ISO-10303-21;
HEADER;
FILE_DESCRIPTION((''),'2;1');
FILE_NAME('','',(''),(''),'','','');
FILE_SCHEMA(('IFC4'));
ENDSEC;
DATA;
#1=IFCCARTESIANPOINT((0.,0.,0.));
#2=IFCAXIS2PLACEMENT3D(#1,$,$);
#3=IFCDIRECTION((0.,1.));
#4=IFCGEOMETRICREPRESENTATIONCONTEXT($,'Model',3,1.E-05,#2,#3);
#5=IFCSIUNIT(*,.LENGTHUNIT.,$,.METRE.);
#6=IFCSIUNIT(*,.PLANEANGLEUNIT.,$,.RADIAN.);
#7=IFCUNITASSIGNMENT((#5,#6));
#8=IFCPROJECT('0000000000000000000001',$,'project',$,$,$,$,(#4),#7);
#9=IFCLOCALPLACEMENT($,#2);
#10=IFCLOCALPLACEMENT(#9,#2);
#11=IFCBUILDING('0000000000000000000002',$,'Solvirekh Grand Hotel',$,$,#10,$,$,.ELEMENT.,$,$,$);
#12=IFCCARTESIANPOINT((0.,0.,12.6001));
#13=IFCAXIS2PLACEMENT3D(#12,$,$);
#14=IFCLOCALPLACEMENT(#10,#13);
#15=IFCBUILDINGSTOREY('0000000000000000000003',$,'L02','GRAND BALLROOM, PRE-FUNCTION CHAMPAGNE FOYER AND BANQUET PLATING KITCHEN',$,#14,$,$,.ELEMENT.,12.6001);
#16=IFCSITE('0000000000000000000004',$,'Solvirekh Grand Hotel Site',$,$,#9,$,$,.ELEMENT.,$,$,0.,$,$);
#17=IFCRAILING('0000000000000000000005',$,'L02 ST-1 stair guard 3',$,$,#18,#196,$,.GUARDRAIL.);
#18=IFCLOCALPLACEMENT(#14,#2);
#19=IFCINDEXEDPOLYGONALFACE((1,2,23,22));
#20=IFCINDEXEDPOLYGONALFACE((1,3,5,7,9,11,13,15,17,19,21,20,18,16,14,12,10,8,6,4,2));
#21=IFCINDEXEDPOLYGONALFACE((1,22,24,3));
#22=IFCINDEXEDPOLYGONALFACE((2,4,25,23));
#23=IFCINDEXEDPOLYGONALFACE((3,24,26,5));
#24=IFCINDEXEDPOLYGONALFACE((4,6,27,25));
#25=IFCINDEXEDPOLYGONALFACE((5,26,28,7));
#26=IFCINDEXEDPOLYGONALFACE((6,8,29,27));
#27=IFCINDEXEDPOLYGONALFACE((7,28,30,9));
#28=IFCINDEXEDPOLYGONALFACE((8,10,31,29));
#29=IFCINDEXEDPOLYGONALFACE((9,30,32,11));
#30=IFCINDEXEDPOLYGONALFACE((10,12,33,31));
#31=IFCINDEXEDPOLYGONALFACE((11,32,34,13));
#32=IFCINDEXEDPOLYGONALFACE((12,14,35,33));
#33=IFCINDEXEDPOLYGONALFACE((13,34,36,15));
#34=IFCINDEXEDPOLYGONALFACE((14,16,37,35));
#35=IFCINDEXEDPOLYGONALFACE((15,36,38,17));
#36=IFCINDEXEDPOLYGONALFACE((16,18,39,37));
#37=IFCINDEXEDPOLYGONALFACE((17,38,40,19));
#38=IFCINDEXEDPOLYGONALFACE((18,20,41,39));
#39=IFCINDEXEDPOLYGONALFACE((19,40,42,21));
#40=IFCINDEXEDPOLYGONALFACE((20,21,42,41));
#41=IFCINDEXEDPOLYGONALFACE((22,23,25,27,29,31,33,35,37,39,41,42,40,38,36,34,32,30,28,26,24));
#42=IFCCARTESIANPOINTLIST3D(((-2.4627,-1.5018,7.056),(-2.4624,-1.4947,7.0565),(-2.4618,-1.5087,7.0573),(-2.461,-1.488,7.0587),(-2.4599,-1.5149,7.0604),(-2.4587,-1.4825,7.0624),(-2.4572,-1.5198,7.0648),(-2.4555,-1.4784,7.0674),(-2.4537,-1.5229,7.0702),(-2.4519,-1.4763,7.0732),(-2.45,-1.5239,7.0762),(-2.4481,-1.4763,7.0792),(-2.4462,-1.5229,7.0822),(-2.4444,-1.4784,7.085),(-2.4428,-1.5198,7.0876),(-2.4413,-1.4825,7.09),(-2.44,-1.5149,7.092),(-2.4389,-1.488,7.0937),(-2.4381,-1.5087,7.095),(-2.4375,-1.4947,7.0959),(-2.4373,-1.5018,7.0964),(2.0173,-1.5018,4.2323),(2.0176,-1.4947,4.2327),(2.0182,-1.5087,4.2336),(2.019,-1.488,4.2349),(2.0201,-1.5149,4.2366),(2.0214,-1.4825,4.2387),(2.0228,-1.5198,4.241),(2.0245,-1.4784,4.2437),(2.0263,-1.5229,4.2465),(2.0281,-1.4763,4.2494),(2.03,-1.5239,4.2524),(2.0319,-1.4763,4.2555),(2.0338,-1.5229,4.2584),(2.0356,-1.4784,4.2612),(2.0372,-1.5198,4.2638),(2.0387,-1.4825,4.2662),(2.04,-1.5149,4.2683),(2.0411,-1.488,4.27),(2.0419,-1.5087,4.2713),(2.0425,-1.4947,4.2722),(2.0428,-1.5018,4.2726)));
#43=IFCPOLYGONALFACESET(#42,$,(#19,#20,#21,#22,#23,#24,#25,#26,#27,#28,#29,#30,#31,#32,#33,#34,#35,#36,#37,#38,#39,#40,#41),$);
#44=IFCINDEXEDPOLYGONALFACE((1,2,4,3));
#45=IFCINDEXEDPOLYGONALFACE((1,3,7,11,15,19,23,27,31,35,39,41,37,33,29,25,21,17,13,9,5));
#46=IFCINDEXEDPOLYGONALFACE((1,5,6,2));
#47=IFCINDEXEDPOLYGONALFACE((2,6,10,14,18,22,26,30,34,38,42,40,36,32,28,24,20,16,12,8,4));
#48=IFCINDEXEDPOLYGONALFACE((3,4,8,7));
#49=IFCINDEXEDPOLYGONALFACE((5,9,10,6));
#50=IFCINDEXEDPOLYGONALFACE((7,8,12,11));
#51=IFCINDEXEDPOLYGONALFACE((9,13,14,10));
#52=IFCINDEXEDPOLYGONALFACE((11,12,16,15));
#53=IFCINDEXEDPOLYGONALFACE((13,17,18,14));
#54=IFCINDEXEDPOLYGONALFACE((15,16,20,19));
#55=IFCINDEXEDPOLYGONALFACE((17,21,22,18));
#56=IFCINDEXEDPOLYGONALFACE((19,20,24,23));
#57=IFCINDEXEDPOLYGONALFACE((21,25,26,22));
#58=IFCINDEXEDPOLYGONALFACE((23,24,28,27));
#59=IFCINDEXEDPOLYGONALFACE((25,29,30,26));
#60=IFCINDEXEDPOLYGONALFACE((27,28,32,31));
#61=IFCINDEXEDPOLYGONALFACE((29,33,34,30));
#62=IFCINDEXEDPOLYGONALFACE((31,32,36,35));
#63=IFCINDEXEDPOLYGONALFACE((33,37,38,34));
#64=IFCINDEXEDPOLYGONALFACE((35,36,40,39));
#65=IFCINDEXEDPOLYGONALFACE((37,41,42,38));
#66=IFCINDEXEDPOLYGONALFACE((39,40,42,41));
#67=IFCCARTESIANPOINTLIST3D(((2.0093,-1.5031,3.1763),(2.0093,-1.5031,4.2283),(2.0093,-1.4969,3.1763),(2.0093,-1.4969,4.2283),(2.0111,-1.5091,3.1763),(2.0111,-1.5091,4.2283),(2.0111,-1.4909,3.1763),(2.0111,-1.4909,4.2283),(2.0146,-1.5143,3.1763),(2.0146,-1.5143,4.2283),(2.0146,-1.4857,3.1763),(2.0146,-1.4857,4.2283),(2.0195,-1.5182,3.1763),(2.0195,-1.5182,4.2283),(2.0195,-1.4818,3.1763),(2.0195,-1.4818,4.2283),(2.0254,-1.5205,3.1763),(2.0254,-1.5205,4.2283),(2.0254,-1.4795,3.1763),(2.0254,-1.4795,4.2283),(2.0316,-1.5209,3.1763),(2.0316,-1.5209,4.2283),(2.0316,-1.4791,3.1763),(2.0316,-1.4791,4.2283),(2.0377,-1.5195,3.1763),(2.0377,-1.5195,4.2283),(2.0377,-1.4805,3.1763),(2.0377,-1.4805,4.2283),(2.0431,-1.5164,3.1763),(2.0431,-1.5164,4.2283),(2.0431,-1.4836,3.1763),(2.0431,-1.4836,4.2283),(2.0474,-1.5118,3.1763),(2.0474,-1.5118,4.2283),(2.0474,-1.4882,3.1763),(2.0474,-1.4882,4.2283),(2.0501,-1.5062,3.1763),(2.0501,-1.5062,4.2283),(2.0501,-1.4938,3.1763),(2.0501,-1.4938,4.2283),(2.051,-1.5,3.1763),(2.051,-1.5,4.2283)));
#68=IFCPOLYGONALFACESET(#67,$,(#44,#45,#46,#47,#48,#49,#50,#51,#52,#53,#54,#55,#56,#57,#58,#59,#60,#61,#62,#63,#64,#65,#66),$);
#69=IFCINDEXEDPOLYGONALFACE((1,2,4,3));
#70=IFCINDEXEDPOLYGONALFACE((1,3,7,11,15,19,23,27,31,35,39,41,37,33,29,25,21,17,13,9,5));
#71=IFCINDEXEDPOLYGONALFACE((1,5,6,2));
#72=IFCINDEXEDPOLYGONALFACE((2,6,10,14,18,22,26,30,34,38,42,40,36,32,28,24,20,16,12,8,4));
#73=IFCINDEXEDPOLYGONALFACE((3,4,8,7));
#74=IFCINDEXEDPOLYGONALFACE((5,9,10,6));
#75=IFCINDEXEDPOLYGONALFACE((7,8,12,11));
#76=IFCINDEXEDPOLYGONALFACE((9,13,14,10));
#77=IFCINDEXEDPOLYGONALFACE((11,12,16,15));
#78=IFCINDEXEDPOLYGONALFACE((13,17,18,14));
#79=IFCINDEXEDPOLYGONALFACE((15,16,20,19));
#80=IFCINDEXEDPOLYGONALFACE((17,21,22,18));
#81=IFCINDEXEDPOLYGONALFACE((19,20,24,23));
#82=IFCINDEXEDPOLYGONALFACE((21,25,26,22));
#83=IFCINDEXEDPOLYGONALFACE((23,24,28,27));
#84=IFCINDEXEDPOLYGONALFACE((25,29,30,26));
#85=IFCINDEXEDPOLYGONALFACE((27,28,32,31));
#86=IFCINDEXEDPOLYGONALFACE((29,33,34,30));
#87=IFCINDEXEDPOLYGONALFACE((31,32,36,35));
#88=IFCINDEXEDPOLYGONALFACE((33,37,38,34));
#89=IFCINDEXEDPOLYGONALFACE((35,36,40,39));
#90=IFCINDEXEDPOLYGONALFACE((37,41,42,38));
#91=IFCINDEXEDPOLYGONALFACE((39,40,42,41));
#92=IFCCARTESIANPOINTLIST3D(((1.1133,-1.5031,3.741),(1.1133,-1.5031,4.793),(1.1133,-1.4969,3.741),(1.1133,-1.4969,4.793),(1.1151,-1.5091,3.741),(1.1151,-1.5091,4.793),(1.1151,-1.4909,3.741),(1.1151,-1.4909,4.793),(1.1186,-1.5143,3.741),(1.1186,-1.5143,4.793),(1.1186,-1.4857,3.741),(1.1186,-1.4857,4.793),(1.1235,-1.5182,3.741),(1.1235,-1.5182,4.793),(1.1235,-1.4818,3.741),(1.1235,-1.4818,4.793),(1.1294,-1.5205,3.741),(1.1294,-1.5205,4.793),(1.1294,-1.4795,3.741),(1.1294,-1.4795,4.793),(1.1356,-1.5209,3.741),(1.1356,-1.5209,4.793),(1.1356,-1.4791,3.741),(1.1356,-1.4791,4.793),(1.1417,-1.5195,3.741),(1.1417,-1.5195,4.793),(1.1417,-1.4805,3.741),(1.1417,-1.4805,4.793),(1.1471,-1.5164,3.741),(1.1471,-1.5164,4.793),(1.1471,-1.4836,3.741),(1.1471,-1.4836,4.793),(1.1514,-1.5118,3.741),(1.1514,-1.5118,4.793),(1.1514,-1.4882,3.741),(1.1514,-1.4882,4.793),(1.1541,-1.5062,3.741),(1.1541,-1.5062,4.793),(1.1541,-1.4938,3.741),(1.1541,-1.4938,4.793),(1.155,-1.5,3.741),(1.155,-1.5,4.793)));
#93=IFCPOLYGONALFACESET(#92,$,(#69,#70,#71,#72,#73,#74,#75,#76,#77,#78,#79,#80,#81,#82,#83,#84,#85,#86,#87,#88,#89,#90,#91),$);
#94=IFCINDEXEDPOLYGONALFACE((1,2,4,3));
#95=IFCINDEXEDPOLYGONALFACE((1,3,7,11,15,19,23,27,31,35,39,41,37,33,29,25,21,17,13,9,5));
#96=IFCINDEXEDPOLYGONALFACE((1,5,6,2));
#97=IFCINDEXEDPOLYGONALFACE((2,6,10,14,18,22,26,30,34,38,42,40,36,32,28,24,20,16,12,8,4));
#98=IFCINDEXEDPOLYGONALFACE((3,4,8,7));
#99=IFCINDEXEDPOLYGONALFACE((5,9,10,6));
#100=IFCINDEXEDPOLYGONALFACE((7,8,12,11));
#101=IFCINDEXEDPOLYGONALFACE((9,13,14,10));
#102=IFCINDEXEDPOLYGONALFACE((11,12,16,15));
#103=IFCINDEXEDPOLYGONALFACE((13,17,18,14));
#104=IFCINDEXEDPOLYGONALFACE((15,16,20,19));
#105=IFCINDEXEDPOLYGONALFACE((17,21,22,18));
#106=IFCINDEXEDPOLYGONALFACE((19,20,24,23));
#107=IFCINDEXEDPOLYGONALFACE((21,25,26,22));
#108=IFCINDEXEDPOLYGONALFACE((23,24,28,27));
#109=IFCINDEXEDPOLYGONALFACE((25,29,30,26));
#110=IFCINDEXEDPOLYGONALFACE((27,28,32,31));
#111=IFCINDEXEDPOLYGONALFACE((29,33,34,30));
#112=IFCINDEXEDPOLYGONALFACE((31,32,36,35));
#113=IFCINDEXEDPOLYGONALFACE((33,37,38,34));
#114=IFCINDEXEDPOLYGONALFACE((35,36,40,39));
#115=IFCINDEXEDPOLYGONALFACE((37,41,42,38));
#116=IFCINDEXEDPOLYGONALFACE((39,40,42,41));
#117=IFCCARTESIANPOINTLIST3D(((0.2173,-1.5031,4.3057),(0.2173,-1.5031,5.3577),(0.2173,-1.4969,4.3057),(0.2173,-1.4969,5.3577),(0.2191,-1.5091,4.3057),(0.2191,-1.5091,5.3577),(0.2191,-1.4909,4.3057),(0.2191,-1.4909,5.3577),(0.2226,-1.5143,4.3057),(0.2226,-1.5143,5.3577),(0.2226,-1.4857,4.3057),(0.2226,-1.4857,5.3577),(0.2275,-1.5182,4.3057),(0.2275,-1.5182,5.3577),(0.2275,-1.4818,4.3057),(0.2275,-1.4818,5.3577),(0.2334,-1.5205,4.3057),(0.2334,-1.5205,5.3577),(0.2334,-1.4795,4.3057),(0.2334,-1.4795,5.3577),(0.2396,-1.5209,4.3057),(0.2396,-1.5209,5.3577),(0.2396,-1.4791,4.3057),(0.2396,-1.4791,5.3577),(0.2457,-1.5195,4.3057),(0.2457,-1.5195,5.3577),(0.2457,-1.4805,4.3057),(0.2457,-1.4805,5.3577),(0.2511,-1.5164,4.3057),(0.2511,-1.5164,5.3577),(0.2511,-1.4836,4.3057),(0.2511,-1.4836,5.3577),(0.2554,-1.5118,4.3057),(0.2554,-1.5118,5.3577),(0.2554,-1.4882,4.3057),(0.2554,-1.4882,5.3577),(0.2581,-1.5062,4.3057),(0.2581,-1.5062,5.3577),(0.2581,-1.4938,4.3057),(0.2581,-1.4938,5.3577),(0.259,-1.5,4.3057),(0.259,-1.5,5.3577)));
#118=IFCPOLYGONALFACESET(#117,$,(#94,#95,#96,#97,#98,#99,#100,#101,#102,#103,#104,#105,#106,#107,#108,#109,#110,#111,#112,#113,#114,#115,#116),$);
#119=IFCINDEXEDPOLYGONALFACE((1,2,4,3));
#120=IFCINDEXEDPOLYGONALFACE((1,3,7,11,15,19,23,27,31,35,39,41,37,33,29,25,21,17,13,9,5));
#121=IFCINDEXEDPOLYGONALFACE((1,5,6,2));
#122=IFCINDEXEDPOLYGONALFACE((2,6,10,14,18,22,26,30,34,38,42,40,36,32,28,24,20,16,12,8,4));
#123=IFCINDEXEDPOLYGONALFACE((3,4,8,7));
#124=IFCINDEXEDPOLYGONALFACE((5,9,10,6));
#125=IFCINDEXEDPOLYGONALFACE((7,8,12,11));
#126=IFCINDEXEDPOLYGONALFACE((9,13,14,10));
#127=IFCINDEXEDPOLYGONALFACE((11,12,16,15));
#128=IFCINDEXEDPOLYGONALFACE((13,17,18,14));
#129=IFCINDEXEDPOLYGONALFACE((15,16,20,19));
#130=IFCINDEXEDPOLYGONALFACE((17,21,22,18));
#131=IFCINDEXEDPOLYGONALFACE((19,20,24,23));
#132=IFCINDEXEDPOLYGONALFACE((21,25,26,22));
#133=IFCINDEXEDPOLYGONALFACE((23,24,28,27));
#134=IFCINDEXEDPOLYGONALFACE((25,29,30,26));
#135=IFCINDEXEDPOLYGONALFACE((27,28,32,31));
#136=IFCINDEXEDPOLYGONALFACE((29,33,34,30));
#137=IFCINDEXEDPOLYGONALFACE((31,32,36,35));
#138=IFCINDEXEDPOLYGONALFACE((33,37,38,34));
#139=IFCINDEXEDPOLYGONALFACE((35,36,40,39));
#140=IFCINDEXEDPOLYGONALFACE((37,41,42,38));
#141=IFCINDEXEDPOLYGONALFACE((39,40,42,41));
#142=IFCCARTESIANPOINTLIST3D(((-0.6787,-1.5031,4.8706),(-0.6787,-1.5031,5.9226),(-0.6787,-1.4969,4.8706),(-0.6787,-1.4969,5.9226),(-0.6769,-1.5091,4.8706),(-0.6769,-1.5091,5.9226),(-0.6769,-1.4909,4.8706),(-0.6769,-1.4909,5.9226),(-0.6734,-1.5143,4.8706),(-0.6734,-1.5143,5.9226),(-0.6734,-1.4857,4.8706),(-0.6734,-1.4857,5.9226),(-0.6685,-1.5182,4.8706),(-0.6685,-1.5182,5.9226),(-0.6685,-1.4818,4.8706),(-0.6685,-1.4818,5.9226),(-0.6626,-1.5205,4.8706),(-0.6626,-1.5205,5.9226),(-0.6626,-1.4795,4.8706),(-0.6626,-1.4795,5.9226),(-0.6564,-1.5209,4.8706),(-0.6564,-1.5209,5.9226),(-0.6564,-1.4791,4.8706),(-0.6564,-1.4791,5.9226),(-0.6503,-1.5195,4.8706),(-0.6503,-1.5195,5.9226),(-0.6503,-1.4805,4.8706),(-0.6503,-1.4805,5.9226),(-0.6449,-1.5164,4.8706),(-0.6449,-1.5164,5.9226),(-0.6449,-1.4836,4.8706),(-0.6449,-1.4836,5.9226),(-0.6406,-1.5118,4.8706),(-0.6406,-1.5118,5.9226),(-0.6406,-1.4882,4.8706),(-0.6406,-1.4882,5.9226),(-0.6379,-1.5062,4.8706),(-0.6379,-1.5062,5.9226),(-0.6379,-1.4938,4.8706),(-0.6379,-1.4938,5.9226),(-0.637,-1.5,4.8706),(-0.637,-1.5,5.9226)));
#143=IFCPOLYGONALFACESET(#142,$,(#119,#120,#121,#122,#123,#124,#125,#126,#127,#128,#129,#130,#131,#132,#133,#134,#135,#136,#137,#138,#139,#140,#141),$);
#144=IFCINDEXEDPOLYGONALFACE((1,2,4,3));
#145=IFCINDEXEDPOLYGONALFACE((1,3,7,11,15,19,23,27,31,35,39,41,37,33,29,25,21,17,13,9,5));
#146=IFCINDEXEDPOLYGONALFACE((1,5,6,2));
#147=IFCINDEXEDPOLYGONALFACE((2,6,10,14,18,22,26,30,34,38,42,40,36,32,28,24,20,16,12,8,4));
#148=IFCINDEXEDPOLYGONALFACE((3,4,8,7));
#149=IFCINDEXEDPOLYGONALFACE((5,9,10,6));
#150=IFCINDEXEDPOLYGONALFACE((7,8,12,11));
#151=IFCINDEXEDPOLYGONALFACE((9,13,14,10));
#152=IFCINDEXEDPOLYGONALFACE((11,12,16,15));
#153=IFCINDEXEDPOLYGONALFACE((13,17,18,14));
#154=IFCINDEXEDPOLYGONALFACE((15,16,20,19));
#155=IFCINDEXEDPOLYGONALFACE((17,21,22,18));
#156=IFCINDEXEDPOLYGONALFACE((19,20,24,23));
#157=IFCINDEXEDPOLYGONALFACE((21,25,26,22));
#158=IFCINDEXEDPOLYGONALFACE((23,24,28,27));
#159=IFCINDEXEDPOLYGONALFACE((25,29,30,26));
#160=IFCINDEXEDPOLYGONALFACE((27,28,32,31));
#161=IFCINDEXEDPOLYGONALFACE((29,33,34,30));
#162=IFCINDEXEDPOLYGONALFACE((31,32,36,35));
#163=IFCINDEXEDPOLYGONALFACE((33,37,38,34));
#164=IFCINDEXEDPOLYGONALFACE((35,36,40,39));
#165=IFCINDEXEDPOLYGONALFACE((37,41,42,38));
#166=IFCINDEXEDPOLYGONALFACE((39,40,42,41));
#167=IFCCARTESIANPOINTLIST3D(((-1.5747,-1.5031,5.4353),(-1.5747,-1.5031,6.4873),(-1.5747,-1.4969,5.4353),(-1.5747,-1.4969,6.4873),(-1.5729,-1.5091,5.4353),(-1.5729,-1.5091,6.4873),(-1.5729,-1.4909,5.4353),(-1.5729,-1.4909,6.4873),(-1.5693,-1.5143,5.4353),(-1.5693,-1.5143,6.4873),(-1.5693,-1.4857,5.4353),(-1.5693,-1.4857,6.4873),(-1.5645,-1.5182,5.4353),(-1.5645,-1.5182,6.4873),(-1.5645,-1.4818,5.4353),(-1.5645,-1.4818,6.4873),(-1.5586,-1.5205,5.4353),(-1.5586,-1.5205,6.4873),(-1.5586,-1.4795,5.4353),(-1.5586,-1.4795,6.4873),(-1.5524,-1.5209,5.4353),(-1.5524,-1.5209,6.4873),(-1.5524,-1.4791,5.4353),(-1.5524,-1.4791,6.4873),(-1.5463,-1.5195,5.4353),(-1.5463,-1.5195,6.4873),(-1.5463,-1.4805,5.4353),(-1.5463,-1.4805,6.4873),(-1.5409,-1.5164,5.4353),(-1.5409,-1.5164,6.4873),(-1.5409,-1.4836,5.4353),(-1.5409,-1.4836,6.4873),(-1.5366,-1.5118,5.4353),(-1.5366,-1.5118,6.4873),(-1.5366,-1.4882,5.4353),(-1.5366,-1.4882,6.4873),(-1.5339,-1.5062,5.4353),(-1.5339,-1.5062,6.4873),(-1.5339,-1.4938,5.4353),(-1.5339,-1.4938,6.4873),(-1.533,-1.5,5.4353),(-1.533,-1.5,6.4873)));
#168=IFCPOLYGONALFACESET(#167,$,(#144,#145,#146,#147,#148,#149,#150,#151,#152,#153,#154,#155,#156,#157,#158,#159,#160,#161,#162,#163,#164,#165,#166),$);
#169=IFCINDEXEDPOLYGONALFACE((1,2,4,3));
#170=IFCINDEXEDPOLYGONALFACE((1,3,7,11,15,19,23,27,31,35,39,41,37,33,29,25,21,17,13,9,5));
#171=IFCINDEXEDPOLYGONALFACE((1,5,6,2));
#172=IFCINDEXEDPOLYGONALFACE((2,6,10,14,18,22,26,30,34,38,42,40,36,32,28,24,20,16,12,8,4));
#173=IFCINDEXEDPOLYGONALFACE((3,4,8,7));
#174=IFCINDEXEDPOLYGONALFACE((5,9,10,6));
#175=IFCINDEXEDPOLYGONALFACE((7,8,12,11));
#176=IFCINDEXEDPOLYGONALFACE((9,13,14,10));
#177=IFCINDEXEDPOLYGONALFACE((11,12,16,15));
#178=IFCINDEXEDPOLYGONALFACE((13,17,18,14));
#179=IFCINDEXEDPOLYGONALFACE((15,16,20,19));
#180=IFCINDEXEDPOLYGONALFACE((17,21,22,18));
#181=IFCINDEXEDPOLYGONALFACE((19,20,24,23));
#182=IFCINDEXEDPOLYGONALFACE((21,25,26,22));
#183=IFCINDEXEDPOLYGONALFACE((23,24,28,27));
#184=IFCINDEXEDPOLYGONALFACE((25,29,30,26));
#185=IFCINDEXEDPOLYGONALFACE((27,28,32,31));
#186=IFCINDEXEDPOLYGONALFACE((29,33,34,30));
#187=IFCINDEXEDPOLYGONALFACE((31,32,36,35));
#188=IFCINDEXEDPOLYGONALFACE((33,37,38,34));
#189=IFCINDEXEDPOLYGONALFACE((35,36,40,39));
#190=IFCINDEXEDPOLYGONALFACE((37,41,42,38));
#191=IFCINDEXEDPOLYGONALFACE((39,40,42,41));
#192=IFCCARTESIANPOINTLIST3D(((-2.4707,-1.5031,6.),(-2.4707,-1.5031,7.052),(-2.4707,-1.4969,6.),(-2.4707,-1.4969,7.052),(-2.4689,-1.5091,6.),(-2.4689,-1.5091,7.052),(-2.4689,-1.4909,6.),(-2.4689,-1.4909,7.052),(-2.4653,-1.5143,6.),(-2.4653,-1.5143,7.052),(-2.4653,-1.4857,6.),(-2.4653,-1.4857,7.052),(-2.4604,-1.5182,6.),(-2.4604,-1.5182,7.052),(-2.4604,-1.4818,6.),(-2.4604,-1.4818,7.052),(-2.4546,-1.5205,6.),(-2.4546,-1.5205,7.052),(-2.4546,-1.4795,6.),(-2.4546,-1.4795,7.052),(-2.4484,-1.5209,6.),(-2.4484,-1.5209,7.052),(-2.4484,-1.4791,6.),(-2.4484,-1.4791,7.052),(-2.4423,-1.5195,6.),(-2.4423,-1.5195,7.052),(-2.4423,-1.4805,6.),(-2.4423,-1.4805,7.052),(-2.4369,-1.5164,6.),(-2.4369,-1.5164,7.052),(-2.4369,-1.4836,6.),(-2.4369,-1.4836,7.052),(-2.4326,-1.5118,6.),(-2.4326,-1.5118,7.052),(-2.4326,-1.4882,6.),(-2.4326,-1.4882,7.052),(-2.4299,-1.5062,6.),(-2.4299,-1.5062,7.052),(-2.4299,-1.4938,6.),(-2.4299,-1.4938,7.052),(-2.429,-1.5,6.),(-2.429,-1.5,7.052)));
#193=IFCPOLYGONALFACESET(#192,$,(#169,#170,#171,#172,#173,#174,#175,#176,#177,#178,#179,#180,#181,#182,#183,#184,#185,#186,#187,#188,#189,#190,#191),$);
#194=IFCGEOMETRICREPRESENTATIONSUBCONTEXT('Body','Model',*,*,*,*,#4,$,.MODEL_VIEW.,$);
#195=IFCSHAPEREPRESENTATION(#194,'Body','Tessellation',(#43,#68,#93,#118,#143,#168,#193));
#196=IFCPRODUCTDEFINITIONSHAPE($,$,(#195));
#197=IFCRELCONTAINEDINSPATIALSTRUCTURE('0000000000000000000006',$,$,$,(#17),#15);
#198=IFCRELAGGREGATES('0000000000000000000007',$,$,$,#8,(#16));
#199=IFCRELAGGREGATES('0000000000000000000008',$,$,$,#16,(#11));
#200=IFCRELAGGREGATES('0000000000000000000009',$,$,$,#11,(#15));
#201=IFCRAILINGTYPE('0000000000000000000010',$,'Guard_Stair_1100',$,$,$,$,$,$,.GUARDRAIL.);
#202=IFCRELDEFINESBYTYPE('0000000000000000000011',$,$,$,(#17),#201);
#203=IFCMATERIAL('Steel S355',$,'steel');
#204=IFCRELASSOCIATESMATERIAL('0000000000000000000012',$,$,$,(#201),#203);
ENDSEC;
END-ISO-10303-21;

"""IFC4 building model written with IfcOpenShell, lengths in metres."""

from ifc_helpers import new_model, si_unit, direction, frame, origin, origin_2d, place, context, subcontext, project, spatial, circle, extrude, material, type_object, element, save


model = new_model("IFC4")

# Units and contexts
model_context = context("Model", 3, precision=1e-05, world=origin(), true_north=direction((0.0, 1.0)))
body_context = subcontext(model_context, "Body", "Model", "MODEL_VIEW")
ifc_project = project(units=[si_unit("LENGTHUNIT", "METRE"), si_unit("PLANEANGLEUNIT", "RADIAN")], contexts=[model_context])

# Site, building, storey
site_placement = place(None, origin())
site = spatial("IfcSite", under=ifc_project, at=site_placement, Name="Solvirekh Grand Hotel Site", CompositionType="ELEMENT", RefElevation=0.0)
building_placement = place(site_placement, origin())
building = spatial("IfcBuilding", under=site, at=building_placement, Name="Solvirekh Grand Hotel", CompositionType="ELEMENT")
storey_placement = place(building_placement, frame((0.0, 0.0, 12.6001)))
storey = spatial("IfcBuildingStorey", under=building, at=storey_placement, Name="L02", Description="GRAND BALLROOM, PRE-FUNCTION CHAMPAGNE FOYER AND BANQUET PLATING KITCHEN", CompositionType="ELEMENT", Elevation=12.6001)

# Shared definitions
ifc_material_1 = material(Name="Steel S355", Category="steel")

# Railing
railing_type_1 = type_object("IfcRailingType", Name="Guard_Stair_1100", PredefinedType="GUARDRAIL", material=ifc_material_1)
railing_1_placement = place(storey_placement, frame((2.03, -1.5, 3.1763)))
element("IfcRailing", 1, at=railing_1_placement, inside=storey, type_object=railing_type_1, Name="L02 ST-1 stair guard 3", PredefinedType="GUARDRAIL", context=body_context, shape_type="SweptSolid", body=[
    extrude(circle(Radius=0.0239, at=origin_2d()), frame((0.0, 0.0, 1.0762), z_axis=(-0.845977, 0.0, 0.533219), x_axis=(0.0, -1.0, 0.0)), (0.0, 0.0, 1.0), 5.2957),
    extrude(circle(Radius=0.021, at=origin_2d()), origin(), (0.0, 0.0, 1.0), 1.052),
    extrude(circle(Radius=0.021, at=origin_2d()), frame((-0.896, 0.0, 0.5647)), (0.0, 0.0, 1.0), 1.052),
    extrude(circle(Radius=0.021, at=origin_2d()), frame((-1.792, 0.0, 1.1294)), (0.0, 0.0, 1.0), 1.052),
    extrude(circle(Radius=0.021, at=origin_2d()), frame((-2.688, 0.0, 1.6943)), (0.0, 0.0, 1.0), 1.052),
    extrude(circle(Radius=0.021, at=origin_2d()), frame((-3.584, 0.0, 2.259)), (0.0, 0.0, 1.0), 1.052),
    extrude(circle(Radius=0.021, at=origin_2d()), frame((-4.48, 0.0, 2.8237)), (0.0, 0.0, 1.0), 1.052),
])

save(model, "model.ifc")
